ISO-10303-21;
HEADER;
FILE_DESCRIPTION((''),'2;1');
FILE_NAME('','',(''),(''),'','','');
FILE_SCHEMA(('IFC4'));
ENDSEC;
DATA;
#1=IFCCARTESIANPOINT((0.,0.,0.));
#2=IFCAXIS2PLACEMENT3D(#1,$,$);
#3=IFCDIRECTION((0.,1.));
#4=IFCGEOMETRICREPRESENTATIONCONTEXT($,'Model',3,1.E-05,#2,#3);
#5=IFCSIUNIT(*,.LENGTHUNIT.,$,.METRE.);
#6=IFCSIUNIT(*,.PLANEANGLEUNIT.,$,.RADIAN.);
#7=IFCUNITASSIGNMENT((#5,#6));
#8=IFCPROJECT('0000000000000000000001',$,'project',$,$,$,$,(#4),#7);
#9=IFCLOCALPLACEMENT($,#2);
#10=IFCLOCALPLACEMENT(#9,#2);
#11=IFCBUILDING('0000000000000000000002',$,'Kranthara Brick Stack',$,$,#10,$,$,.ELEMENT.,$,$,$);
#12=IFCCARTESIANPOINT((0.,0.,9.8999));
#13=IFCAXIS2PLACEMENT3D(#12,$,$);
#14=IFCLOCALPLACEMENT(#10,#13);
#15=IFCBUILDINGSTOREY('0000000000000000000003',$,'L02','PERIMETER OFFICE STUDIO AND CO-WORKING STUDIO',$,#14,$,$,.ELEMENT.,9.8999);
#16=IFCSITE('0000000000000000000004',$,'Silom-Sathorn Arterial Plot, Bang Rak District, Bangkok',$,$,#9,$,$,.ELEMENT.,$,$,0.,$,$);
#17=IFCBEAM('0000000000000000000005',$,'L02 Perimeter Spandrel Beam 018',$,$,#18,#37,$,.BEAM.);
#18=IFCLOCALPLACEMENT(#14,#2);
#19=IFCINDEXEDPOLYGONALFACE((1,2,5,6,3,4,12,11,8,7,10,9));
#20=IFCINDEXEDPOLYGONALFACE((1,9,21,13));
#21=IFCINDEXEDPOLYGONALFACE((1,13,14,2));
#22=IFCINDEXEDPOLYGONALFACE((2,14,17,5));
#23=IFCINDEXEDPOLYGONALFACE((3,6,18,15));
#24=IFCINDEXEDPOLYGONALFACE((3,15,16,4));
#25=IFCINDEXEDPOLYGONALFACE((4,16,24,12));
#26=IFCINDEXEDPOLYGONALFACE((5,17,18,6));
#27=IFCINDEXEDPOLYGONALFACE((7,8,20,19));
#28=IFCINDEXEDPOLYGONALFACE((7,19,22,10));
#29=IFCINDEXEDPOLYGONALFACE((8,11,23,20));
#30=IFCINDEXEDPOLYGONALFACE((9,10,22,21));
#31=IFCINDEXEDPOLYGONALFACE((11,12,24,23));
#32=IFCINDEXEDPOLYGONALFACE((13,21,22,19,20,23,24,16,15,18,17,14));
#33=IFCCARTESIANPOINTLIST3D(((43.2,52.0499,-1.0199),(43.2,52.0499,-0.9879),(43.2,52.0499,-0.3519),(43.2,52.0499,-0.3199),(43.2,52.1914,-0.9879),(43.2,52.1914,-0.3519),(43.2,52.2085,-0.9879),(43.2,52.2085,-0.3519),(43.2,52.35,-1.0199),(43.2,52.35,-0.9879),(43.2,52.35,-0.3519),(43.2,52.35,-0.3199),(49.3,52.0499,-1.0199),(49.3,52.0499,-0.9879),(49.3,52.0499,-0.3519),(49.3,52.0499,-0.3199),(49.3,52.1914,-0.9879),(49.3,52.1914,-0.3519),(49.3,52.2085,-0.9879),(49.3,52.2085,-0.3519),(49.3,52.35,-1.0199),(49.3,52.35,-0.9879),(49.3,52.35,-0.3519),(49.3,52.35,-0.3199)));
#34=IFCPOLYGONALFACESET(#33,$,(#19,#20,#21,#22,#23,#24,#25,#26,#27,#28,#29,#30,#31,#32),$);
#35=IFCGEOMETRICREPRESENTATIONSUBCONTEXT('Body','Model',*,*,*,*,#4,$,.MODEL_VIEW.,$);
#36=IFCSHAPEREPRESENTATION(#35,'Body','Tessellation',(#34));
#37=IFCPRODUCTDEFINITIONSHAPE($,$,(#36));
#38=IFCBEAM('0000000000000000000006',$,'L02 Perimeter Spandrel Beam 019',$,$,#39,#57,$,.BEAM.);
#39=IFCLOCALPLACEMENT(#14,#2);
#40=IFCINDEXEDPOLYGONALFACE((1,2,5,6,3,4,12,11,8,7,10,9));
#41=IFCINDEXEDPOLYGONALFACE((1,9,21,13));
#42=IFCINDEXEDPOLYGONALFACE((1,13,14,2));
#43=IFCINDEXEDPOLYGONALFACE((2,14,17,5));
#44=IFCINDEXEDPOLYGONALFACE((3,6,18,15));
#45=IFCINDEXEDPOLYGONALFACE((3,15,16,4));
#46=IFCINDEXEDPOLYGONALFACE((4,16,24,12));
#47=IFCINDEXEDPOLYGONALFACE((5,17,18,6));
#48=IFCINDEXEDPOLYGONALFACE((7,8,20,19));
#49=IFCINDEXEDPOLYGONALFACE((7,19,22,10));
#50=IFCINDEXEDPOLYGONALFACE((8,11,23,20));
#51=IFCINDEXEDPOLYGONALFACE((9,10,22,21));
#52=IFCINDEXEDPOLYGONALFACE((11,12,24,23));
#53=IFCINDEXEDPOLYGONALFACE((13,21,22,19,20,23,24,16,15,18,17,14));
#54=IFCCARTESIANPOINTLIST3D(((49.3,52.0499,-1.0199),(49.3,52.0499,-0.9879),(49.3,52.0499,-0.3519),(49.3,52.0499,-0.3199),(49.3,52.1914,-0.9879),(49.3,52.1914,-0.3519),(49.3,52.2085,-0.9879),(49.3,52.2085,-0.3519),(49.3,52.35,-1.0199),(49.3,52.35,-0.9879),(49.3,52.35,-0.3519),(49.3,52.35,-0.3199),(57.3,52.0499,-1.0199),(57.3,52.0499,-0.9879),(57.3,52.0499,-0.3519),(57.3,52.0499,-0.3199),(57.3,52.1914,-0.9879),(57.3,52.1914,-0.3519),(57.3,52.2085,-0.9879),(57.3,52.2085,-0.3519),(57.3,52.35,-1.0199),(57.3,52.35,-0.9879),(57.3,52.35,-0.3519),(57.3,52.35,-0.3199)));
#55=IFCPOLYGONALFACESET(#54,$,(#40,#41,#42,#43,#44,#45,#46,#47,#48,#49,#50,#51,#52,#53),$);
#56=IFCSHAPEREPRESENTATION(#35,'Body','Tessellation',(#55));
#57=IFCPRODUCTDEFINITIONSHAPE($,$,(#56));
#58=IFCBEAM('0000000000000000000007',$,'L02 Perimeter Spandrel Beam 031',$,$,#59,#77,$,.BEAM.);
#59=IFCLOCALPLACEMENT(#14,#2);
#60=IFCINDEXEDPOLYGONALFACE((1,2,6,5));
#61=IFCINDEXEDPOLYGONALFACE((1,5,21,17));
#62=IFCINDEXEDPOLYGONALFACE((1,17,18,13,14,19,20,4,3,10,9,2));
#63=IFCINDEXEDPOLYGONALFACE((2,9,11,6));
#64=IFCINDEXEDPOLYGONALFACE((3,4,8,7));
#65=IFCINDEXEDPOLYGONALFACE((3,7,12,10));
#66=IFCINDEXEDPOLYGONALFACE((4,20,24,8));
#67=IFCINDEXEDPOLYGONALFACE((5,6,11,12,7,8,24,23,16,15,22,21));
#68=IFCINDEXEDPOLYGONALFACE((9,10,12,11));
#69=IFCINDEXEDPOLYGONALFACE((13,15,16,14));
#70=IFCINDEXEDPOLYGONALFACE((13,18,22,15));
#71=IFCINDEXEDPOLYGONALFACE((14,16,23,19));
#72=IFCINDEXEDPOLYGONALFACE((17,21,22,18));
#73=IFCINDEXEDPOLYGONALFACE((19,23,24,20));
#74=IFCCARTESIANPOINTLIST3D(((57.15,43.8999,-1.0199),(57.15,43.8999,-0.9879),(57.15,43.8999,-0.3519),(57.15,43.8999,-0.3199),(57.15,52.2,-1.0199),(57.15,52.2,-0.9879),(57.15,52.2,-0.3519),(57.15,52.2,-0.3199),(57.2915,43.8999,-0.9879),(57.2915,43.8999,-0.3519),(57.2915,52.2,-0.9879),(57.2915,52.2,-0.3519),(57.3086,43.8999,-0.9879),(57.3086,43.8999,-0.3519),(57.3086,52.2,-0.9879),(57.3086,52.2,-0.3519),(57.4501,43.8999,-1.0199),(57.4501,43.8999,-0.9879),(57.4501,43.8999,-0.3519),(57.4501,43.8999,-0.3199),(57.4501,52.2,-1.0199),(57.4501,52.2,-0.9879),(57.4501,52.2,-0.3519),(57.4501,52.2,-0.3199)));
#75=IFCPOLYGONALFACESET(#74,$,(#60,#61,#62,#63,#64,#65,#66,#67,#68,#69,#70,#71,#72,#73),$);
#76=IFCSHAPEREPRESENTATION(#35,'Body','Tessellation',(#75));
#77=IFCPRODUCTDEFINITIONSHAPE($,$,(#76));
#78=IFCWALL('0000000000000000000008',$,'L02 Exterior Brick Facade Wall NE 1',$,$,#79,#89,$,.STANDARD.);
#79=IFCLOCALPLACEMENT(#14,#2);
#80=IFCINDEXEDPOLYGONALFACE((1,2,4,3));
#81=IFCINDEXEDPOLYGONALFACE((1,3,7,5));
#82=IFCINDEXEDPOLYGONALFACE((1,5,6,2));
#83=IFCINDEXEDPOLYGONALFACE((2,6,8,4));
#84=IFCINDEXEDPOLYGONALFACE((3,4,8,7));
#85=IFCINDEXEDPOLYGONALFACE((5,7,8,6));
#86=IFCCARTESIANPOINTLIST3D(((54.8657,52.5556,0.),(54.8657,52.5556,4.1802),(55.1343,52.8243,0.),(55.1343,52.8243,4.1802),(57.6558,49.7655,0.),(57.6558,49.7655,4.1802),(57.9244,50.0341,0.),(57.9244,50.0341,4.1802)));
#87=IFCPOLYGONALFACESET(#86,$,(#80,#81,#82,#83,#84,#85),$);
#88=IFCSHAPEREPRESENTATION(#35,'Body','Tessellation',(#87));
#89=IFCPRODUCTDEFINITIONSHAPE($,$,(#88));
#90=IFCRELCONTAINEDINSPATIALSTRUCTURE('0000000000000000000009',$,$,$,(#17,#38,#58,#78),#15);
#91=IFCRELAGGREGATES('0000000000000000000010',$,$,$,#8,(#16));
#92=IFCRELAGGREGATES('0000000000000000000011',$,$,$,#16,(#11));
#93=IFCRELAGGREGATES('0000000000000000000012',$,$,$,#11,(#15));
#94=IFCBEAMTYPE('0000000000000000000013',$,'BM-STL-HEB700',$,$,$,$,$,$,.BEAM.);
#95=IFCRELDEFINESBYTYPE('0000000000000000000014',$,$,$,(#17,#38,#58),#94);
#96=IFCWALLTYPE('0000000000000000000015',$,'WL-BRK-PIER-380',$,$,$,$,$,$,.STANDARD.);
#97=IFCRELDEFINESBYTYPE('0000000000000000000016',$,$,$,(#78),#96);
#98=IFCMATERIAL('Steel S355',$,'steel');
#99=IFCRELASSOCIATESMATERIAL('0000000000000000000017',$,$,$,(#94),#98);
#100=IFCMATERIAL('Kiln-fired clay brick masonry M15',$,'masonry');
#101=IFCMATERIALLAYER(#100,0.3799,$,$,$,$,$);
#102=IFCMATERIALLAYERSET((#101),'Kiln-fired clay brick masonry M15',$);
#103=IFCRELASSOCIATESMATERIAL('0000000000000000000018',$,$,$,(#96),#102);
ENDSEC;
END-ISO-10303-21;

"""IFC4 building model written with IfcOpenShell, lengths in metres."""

from ifc_helpers import new_model, si_unit, direction, frame, frame_2d, origin, origin_2d, place, context, subcontext, project, spatial, rectangle, i_section, extrude, material, layer, layer_set, material_profile, profile_set, type_object, element, save


model = new_model("IFC4")

# Units and contexts
model_context = context("Model", 3, precision=1e-05, world=origin(), true_north=direction((0.0, 1.0)))
body_context = subcontext(model_context, "Body", "Model", "MODEL_VIEW")
ifc_project = project(units=[si_unit("LENGTHUNIT", "METRE"), si_unit("PLANEANGLEUNIT", "RADIAN")], contexts=[model_context])

# Site, building, storey
site_placement = place(None, origin())
site = spatial("IfcSite", under=ifc_project, at=site_placement, Name="Silom-Sathorn Arterial Plot, Bang Rak District, Bangkok", CompositionType="ELEMENT", RefElevation=0.0)
building_placement = place(site_placement, origin())
building = spatial("IfcBuilding", under=site, at=building_placement, Name="Kranthara Brick Stack", CompositionType="ELEMENT")
storey_placement = place(building_placement, frame((0.0, 0.0, 9.8999)))
storey = spatial("IfcBuildingStorey", under=building, at=storey_placement, Name="L02", Description="PERIMETER OFFICE STUDIO AND CO-WORKING STUDIO", CompositionType="ELEMENT", Elevation=9.8999)

# Beams
ifc_material_1 = material(Name="Steel S355", Category="steel")
ifc_material_profile_1 = material_profile(ifc_material_1, i_section(OverallWidth=0.3, OverallDepth=0.7, WebThickness=0.0171, FlangeThickness=0.032, at=origin_2d()), Name="HEB 700")
ifc_profile_set_1 = profile_set([ifc_material_profile_1], Name="Steel S355")
beam_type_1 = type_object("IfcBeamType", Name="BM-STL-HEB700", PredefinedType="BEAM", material=ifc_profile_set_1)
beam_1_placement = place(storey_placement, frame((43.2, 52.2, -0.6699), z_axis=(1.0, 0.0, 0.0), x_axis=(0.0, 1.0, 0.0)))
element("IfcBeam", 1, at=beam_1_placement, inside=storey, type_object=beam_type_1, Name="L02 Perimeter Spandrel Beam 018", PredefinedType="BEAM", context=body_context, shape_type="SweptSolid", body=[
    extrude(i_section(OverallWidth=0.3, OverallDepth=0.7, WebThickness=0.0171, FlangeThickness=0.032, at=origin_2d()), origin(), (0.0, 0.0, 1.0), 6.1001),
])
beam_2_placement = place(storey_placement, frame((49.3, 52.2, -0.6699), z_axis=(1.0, 0.0, 0.0), x_axis=(0.0, 1.0, 0.0)))
element("IfcBeam", 2, at=beam_2_placement, inside=storey, type_object=beam_type_1, Name="L02 Perimeter Spandrel Beam 019", PredefinedType="BEAM", context=body_context, shape_type="SweptSolid", body=[
    extrude(i_section(OverallWidth=0.3, OverallDepth=0.7, WebThickness=0.0171, FlangeThickness=0.032, at=origin_2d()), origin(), (0.0, 0.0, 1.0), 8.0),
])
beam_3_placement = place(storey_placement, frame((57.3, 43.8999, -0.6699), z_axis=(0.0, 1.0, 0.0), x_axis=(-1.0, 0.0, 0.0)))
element("IfcBeam", 3, at=beam_3_placement, inside=storey, type_object=beam_type_1, Name="L02 Perimeter Spandrel Beam 031", PredefinedType="BEAM", context=body_context, shape_type="SweptSolid", body=[
    extrude(i_section(OverallWidth=0.3, OverallDepth=0.7, WebThickness=0.0171, FlangeThickness=0.032, at=origin_2d()), origin(), (0.0, 0.0, 1.0), 8.3),
])

# Wall
ifc_material_2 = material(Name="Kiln-fired clay brick masonry M15", Category="masonry")
ifc_layer_1 = layer(ifc_material_2, 0.3799)
ifc_layer_set_1 = layer_set([ifc_layer_1], Name="Kiln-fired clay brick masonry M15")
wall_type_1 = type_object("IfcWallType", Name="WL-BRK-PIER-380", PredefinedType="STANDARD", material=ifc_layer_set_1)
wall_1_placement = place(storey_placement, frame((55.0, 52.6899, 0.0), z_axis=(0.0, 0.0, 1.0), x_axis=(0.707107, -0.707107, 0.0)))
element("IfcWall", 4, at=wall_1_placement, inside=storey, type_object=wall_type_1, Name="L02 Exterior Brick Facade Wall NE 1", PredefinedType="STANDARD", context=body_context, shape_type="SweptSolid", body=[
    extrude(rectangle(XDim=3.9458, YDim=0.3799, at=frame_2d((1.9729, 0.0))), origin(), (0.0, 0.0, 1.0), 4.1802),
])

save(model, "model.ifc")
